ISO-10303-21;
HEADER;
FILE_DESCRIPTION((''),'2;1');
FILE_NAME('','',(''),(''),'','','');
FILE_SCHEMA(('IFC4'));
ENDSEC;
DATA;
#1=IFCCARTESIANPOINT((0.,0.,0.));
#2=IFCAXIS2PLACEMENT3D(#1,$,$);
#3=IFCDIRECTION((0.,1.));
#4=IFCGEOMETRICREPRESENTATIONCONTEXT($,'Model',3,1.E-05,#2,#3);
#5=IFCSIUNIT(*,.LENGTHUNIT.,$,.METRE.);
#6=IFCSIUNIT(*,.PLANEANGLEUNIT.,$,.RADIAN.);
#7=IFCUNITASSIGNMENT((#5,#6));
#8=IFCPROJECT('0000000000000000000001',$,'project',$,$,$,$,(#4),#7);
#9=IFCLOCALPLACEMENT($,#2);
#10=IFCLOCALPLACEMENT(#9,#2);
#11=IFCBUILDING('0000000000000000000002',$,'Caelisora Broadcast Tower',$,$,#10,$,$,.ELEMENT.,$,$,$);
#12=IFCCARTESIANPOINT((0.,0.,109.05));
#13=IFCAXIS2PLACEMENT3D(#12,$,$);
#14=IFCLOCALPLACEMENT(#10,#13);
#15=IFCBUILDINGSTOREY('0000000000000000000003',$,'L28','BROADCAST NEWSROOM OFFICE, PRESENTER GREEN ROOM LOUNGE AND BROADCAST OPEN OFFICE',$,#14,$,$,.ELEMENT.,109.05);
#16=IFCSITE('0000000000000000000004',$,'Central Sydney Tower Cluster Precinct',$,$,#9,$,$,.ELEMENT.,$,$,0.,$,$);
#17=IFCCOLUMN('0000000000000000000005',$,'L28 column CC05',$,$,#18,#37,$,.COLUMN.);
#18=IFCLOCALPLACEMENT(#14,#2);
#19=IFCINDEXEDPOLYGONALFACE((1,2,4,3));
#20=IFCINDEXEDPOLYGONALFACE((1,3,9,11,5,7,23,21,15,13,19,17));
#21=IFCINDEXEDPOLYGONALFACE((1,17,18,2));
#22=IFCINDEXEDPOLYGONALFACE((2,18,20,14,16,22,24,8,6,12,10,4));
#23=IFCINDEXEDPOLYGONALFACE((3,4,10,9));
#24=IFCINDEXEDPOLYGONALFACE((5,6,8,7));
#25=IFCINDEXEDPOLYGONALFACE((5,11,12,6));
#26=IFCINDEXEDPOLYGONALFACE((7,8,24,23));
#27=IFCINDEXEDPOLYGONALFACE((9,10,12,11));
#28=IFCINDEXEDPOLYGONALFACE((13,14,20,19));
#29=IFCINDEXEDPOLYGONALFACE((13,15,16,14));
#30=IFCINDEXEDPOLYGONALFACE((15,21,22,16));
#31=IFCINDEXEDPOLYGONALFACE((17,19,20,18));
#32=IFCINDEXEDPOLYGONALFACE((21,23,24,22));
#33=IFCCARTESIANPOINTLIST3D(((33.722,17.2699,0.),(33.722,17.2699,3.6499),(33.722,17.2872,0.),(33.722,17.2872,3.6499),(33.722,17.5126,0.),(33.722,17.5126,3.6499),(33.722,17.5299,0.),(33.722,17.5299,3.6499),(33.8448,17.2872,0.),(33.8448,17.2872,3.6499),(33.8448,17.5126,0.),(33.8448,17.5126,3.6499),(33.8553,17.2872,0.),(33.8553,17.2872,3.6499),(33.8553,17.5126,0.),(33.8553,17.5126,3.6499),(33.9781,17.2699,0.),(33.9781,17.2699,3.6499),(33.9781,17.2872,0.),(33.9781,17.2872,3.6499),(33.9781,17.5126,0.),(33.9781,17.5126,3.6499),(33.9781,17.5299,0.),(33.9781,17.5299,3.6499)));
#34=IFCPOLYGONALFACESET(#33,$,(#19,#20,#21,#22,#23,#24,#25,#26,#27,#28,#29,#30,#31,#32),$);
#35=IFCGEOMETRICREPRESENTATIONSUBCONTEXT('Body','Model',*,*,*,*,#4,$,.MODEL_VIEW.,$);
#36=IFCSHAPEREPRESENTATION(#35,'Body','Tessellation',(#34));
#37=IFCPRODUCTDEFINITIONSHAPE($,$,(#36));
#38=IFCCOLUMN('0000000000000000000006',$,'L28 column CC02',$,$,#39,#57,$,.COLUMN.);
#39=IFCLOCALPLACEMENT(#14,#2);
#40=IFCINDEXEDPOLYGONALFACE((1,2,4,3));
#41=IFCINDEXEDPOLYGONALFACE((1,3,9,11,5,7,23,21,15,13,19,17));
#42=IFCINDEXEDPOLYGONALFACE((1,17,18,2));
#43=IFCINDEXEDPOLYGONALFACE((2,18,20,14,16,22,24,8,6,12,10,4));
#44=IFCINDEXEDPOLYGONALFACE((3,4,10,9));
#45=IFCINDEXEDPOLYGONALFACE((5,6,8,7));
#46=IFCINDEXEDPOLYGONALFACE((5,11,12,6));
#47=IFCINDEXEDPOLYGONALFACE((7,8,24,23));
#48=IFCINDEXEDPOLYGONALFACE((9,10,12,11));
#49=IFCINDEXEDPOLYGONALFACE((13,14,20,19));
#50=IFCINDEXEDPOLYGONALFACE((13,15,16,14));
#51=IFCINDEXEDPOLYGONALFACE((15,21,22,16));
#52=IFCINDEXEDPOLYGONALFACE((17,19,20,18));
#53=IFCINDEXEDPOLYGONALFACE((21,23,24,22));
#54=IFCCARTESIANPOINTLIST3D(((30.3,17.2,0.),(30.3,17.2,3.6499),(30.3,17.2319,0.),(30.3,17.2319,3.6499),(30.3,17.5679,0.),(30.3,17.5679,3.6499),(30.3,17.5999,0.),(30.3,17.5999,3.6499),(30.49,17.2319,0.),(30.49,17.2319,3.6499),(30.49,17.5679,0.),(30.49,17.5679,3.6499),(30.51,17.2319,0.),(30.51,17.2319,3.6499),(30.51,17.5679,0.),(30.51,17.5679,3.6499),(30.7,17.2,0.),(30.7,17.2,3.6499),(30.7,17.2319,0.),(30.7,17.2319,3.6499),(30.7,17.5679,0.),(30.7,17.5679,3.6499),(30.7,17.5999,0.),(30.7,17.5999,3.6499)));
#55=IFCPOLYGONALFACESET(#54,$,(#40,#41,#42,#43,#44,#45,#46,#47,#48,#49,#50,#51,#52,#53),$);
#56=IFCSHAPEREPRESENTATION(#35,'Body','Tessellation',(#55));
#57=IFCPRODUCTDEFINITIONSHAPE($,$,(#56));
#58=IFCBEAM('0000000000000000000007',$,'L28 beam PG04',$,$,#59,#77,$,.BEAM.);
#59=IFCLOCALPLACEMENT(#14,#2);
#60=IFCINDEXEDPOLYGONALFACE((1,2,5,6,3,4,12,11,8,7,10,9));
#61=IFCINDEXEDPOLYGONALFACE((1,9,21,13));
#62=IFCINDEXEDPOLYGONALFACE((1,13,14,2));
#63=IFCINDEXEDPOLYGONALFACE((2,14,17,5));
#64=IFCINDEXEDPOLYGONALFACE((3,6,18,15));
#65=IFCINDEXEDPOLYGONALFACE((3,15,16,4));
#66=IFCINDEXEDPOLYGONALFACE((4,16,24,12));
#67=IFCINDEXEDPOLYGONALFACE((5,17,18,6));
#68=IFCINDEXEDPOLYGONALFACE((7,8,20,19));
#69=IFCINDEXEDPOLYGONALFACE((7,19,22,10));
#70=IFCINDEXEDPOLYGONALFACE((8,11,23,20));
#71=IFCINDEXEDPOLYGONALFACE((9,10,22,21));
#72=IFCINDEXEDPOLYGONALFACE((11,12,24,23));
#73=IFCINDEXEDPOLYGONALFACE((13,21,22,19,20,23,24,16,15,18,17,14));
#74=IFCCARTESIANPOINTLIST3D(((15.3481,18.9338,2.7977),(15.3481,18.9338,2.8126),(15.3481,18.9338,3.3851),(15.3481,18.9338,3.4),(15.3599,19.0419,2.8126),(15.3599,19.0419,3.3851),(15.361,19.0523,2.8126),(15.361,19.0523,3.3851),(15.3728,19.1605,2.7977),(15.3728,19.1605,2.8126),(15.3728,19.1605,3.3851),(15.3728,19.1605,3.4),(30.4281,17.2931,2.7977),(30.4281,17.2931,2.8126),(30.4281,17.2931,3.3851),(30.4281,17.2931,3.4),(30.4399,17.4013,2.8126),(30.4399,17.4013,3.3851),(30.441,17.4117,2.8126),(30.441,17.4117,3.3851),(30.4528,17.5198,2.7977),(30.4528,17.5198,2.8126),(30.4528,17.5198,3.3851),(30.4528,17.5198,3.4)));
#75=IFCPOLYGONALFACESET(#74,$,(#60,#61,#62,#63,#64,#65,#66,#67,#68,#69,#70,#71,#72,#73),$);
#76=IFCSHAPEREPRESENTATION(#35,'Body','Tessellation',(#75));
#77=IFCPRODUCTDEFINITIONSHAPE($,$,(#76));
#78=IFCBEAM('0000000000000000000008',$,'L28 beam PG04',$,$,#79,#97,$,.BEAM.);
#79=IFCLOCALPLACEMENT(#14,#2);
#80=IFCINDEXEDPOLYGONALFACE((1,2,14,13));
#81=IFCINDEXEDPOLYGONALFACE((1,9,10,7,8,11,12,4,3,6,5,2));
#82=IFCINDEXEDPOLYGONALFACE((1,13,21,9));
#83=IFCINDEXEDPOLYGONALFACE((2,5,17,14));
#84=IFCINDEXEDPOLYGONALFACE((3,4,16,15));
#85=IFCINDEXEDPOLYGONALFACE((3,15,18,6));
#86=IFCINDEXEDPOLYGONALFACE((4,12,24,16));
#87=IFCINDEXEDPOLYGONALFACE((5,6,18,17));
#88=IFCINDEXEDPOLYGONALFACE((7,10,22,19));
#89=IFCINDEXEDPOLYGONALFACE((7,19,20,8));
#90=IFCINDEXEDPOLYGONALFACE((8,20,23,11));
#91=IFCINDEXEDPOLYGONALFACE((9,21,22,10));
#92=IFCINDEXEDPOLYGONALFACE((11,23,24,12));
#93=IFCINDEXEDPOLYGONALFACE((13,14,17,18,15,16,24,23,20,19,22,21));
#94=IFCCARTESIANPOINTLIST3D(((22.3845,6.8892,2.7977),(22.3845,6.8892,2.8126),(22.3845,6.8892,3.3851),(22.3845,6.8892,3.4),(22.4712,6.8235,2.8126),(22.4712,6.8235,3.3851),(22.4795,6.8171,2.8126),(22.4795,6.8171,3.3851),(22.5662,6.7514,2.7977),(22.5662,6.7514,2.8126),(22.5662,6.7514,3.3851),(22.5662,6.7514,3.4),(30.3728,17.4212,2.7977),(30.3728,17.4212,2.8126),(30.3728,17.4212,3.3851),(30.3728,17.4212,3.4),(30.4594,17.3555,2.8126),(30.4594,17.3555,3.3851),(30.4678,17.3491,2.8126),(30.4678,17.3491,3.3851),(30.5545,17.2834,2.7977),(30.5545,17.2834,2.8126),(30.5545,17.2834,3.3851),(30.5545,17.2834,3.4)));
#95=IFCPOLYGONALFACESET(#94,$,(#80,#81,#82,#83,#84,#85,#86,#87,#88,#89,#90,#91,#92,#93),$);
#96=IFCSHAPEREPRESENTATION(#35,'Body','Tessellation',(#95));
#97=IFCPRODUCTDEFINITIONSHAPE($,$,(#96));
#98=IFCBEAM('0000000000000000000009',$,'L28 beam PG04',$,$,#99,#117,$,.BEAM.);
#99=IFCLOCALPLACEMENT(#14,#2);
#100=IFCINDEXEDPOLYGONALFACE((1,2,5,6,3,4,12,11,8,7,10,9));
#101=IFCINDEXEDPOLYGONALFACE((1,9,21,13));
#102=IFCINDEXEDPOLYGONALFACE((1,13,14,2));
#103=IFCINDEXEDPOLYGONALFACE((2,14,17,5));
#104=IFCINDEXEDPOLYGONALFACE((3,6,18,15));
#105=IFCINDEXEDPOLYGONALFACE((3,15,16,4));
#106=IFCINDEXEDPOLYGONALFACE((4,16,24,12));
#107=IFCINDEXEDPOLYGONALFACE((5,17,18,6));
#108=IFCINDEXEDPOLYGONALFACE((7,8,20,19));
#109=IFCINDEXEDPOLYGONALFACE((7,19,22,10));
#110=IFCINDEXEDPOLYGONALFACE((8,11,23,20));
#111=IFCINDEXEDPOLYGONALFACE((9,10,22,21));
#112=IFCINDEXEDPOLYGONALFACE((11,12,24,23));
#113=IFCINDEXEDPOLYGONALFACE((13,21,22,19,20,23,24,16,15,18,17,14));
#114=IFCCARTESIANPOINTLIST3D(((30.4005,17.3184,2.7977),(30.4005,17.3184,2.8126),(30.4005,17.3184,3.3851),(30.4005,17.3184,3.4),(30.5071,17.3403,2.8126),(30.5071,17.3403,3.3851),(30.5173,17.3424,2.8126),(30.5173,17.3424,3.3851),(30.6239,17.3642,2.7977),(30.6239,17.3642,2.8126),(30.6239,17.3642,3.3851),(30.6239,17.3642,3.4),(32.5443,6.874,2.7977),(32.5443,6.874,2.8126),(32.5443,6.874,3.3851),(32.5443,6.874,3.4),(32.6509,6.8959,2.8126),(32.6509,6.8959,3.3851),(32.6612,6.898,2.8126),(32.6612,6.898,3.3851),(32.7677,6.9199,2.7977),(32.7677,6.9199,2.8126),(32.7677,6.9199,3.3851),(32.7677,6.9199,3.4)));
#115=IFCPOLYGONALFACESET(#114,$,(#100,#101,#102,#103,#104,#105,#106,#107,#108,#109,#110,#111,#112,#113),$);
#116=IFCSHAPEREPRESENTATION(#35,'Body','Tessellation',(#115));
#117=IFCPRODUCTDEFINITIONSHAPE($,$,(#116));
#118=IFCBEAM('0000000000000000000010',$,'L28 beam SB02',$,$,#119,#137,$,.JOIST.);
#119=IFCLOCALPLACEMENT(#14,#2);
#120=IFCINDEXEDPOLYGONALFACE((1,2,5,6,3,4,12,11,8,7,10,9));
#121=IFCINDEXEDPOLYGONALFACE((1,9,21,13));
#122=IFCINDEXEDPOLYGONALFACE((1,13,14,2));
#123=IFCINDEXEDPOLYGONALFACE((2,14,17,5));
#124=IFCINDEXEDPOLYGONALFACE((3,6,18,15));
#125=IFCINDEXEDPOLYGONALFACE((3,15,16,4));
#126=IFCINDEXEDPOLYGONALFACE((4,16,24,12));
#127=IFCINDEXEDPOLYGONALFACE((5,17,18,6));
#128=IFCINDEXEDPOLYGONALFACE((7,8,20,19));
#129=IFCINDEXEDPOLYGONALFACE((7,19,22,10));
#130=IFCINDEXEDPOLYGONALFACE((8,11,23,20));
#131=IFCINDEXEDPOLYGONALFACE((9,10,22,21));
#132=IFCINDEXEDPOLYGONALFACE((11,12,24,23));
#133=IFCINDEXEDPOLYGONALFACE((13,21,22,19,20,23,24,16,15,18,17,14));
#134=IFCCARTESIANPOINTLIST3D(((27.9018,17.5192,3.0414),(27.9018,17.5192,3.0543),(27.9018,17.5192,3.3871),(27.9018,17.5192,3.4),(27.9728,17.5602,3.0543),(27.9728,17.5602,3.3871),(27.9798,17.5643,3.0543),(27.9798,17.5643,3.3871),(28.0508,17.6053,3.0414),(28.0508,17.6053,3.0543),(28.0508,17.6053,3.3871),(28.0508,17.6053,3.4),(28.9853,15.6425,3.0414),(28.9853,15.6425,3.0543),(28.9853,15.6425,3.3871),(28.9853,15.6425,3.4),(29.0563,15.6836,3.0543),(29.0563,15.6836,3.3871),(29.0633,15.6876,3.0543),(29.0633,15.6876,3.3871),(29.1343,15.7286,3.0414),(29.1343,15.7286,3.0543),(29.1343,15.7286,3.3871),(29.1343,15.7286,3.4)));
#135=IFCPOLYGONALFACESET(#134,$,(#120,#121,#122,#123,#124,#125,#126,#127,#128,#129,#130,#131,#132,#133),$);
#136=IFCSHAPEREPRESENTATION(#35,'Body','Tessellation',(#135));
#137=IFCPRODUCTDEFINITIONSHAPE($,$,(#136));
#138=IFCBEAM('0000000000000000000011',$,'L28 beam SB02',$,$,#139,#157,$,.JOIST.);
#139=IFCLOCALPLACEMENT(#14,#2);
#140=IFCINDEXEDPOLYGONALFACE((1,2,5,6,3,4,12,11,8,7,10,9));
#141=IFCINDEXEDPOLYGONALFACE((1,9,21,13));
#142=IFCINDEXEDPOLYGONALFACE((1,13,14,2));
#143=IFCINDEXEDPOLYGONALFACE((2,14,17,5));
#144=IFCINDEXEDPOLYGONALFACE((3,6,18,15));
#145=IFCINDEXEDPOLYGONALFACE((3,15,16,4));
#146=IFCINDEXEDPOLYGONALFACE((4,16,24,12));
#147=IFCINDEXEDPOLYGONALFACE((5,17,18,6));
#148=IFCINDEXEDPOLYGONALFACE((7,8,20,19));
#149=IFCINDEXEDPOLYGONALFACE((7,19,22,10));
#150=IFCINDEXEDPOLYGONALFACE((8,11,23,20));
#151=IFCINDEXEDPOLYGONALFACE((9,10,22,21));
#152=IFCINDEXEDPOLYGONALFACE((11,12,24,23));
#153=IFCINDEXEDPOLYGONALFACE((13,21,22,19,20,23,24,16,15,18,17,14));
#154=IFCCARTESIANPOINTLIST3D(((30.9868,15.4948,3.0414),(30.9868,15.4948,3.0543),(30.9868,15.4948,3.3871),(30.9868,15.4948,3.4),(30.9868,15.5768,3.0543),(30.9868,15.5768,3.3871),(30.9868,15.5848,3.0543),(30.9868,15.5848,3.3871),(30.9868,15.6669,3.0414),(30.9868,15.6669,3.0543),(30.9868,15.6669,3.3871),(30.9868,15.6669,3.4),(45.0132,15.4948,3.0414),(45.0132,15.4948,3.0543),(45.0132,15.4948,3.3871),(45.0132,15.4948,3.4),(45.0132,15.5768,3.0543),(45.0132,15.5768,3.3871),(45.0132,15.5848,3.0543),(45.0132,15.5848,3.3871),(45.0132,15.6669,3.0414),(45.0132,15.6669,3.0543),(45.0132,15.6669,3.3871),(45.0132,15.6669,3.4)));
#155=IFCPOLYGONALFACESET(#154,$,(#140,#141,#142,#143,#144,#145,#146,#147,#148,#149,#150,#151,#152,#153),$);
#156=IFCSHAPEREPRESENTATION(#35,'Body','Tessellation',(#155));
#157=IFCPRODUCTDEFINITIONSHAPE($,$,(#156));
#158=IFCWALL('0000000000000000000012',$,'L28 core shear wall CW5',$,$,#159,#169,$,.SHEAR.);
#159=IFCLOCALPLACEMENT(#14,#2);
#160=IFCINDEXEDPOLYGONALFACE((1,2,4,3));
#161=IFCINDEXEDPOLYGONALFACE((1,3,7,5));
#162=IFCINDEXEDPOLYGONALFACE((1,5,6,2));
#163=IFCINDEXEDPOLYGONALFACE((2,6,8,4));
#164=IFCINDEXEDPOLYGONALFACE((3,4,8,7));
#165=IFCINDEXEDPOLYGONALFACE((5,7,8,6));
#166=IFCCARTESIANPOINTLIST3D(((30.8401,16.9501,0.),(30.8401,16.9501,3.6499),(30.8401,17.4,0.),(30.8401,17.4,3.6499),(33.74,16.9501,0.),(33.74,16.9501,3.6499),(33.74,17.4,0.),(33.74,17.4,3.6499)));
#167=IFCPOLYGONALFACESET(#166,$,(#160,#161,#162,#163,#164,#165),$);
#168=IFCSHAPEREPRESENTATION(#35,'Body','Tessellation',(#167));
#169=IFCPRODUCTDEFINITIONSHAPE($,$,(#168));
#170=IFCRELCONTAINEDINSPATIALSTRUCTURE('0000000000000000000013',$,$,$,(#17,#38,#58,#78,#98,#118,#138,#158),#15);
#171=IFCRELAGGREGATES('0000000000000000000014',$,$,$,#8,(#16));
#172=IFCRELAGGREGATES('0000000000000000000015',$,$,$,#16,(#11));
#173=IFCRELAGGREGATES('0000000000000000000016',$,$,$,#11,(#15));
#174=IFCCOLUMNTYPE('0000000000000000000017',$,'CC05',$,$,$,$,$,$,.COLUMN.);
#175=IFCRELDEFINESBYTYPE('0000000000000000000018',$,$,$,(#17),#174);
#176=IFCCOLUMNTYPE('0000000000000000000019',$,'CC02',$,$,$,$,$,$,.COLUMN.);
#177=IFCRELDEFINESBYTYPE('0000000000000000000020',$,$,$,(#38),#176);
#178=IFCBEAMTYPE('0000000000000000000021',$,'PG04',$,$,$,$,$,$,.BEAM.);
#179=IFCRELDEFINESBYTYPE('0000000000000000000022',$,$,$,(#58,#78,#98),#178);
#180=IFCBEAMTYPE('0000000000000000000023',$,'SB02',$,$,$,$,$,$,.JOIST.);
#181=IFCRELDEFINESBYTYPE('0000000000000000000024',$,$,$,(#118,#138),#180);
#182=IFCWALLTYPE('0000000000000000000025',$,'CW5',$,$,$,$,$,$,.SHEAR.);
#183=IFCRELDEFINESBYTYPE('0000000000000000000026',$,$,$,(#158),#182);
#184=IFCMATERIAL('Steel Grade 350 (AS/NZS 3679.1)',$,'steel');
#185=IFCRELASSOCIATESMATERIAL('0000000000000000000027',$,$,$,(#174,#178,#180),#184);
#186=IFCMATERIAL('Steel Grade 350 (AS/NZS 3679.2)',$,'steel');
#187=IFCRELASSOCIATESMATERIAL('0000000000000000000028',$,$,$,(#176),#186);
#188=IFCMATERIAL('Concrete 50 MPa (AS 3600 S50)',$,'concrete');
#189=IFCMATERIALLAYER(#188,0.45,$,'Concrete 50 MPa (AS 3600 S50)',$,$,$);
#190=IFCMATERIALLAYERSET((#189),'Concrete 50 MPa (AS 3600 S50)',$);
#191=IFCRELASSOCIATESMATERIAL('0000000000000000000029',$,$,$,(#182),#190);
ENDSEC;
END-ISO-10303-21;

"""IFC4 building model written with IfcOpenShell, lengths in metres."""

from ifc_helpers import new_model, si_unit, direction, frame, frame_2d, origin, origin_2d, place, context, subcontext, project, spatial, rectangle, i_section, extrude, source, transform, mapped, material, layer, layer_set, material_profile, profile_set, type_object, type_shapes, element, save


model = new_model("IFC4")

# Units and contexts
model_context = context("Model", 3, precision=1e-05, world=origin(), true_north=direction((0.0, 1.0)))
body_context = subcontext(model_context, "Body", "Model", "MODEL_VIEW")
ifc_project = project(units=[si_unit("LENGTHUNIT", "METRE"), si_unit("PLANEANGLEUNIT", "RADIAN")], contexts=[model_context])

# Site, building, storey
site_placement = place(None, origin())
site = spatial("IfcSite", under=ifc_project, at=site_placement, Name="Central Sydney Tower Cluster Precinct", CompositionType="ELEMENT", RefElevation=0.0)
building_placement = place(site_placement, origin())
building = spatial("IfcBuilding", under=site, at=building_placement, Name="Caelisora Broadcast Tower", CompositionType="ELEMENT")
storey_placement = place(building_placement, frame((0.0, 0.0, 109.05)))
storey = spatial("IfcBuildingStorey", under=building, at=storey_placement, Name="L28", Description="BROADCAST NEWSROOM OFFICE, PRESENTER GREEN ROOM LOUNGE AND BROADCAST OPEN OFFICE", CompositionType="ELEMENT", Elevation=109.05)

# Columns
ifc_material_1 = material(Name="Steel Grade 350 (AS/NZS 3679.1)", Category="steel")
ifc_material_profile_1 = material_profile(ifc_material_1, i_section(OverallWidth=0.2561, OverallDepth=0.26, WebThickness=0.0105, FlangeThickness=0.0173, at=origin_2d()), Name="Steel Grade 350 (AS/NZS 3679.1)")
ifc_profile_set_1 = profile_set([ifc_material_profile_1], Name="Steel Grade 350 (AS/NZS 3679.1)")
column_type_1 = type_object("IfcColumnType", Name="CC05", PredefinedType="COLUMN", material=ifc_profile_set_1)
shared_shape_1 = source(origin(), body_context, "Body", "SweptSolid", [
    extrude(i_section(OverallWidth=0.2561, OverallDepth=0.26, WebThickness=0.0105, FlangeThickness=0.0173, at=origin_2d()), origin(), (0.0, 0.0, 1.0), 3.6499),
])
type_shapes(column_type_1, [shared_shape_1])
column_1_placement = place(storey_placement, frame((33.8501, 17.3999, 0.0), z_axis=(0.0, 0.0, 1.0), x_axis=(1.0, 0.0, 0.0)))
element("IfcColumn", 1, at=column_1_placement, inside=storey, type_object=column_type_1, Name="L28 column CC05", PredefinedType="COLUMN", context=body_context, shape_type="MappedRepresentation", body=[
    mapped(shared_shape_1, transform((0.0, 0.0, 0.0), scale=1.0)),
])
ifc_material_2 = material(Name="Steel Grade 350 (AS/NZS 3679.2)", Category="steel")
ifc_material_profile_2 = material_profile(ifc_material_2, i_section(OverallWidth=0.3999, OverallDepth=0.3999, WebThickness=0.02, FlangeThickness=0.032, at=origin_2d()), Name="Steel Grade 350 (AS/NZS 3679.2)")
ifc_profile_set_2 = profile_set([ifc_material_profile_2], Name="Steel Grade 350 (AS/NZS 3679.2)")
column_type_2 = type_object("IfcColumnType", Name="CC02", PredefinedType="COLUMN", material=ifc_profile_set_2)
shared_shape_2 = source(origin(), body_context, "Body", "SweptSolid", [
    extrude(i_section(OverallWidth=0.3999, OverallDepth=0.3999, WebThickness=0.02, FlangeThickness=0.032, at=origin_2d()), origin(), (0.0, 0.0, 1.0), 3.6499),
])
type_shapes(column_type_2, [shared_shape_2])
column_2_placement = place(storey_placement, frame((30.5, 17.3999, 0.0), z_axis=(0.0, 0.0, 1.0), x_axis=(1.0, 0.0, 0.0)))
element("IfcColumn", 2, at=column_2_placement, inside=storey, type_object=column_type_2, Name="L28 column CC02", PredefinedType="COLUMN", context=body_context, shape_type="MappedRepresentation", body=[
    mapped(shared_shape_2, transform((0.0, 0.0, 0.0), scale=1.0)),
])

# Beams
ifc_material_profile_3 = material_profile(ifc_material_1, i_section(OverallWidth=0.228, OverallDepth=0.6023, WebThickness=0.0105, FlangeThickness=0.0149, at=origin_2d()), Name="Steel Grade 350 (AS/NZS 3679.1)")
ifc_profile_set_3 = profile_set([ifc_material_profile_3], Name="Steel Grade 350 (AS/NZS 3679.1)")
beam_type_1 = type_object("IfcBeamType", Name="PG04", PredefinedType="BEAM", material=ifc_profile_set_3)
shared_shape_3 = source(origin(), body_context, "Body", "SweptSolid", [
    extrude(i_section(OverallWidth=0.228, OverallDepth=0.6023, WebThickness=0.0105, FlangeThickness=0.0149, at=origin_2d()), origin(), (0.0, 0.0, 1.0), 15.1689),
])
beam_1_placement = place(storey_placement, frame((30.4404, 17.4065, 3.0989), z_axis=(-0.994134, 0.108156, 0.0), x_axis=(-0.108156, -0.994134, 0.0)))
element("IfcBeam", 3, at=beam_1_placement, inside=storey, type_object=beam_type_1, Name="L28 beam PG04", PredefinedType="BEAM", context=body_context, shape_type="MappedRepresentation", body=[
    mapped(shared_shape_3, transform((0.0, 0.0, 0.0), scale=1.0)),
])
shared_shape_4 = source(origin(), body_context, "Body", "SweptSolid", [
    extrude(i_section(OverallWidth=0.228, OverallDepth=0.6023, WebThickness=0.0105, FlangeThickness=0.0149, at=origin_2d()), origin(), (0.0, 0.0, 1.0), 13.2188),
])
beam_2_placement = place(storey_placement, frame((30.4636, 17.3523, 3.0989), z_axis=(-0.604315, -0.796746, 0.0), x_axis=(0.796746, -0.604315, 0.0)))
element("IfcBeam", 4, at=beam_2_placement, inside=storey, type_object=beam_type_1, Name="L28 beam PG04", PredefinedType="BEAM", context=body_context, shape_type="MappedRepresentation", body=[
    mapped(shared_shape_4, transform((0.0, 0.0, 0.0), scale=1.0)),
])
shared_shape_5 = source(origin(), body_context, "Body", "SweptSolid", [
    extrude(i_section(OverallWidth=0.228, OverallDepth=0.6023, WebThickness=0.0105, FlangeThickness=0.0149, at=origin_2d()), origin(), (0.0, 0.0, 1.0), 10.6621),
])
type_shapes(beam_type_1, [shared_shape_3, shared_shape_4, shared_shape_5])
beam_3_placement = place(storey_placement, frame((30.5122, 17.3413, 3.0989), z_axis=(0.201068, -0.979577, 0.0), x_axis=(0.979577, 0.201068, 0.0)))
element("IfcBeam", 5, at=beam_3_placement, inside=storey, type_object=beam_type_1, Name="L28 beam PG04", PredefinedType="BEAM", context=body_context, shape_type="MappedRepresentation", body=[
    mapped(shared_shape_5, transform((0.0, 0.0, 0.0), scale=1.0)),
])
ifc_material_profile_4 = material_profile(ifc_material_1, i_section(OverallWidth=0.1721, OverallDepth=0.3586, WebThickness=0.0081, FlangeThickness=0.0129, at=origin_2d()), Name="Steel Grade 350 (AS/NZS 3679.1)")
ifc_profile_set_4 = profile_set([ifc_material_profile_4], Name="Steel Grade 350 (AS/NZS 3679.1)")
beam_type_2 = type_object("IfcBeamType", Name="SB02", PredefinedType="JOIST", material=ifc_profile_set_4)
shared_shape_6 = source(origin(), body_context, "Body", "SweptSolid", [
    extrude(i_section(OverallWidth=0.1721, OverallDepth=0.3586, WebThickness=0.0081, FlangeThickness=0.0129, at=origin_2d()), origin(), (0.0, 0.0, 1.0), 2.167),
])
beam_4_placement = place(storey_placement, frame((27.9763, 17.5623, 3.2207), z_axis=(0.499992, -0.86603, 0.0), x_axis=(0.86603, 0.499992, 0.0)))
element("IfcBeam", 6, at=beam_4_placement, inside=storey, type_object=beam_type_2, Name="L28 beam SB02", PredefinedType="JOIST", context=body_context, shape_type="MappedRepresentation", body=[
    mapped(shared_shape_6, transform((0.0, 0.0, 0.0), scale=1.0)),
])
shared_shape_7 = source(origin(), body_context, "Body", "SweptSolid", [
    extrude(i_section(OverallWidth=0.1721, OverallDepth=0.3586, WebThickness=0.0081, FlangeThickness=0.0129, at=origin_2d()), origin(), (0.0, 0.0, 1.0), 14.0264),
])
type_shapes(beam_type_2, [shared_shape_6, shared_shape_7])
beam_5_placement = place(storey_placement, frame((30.9868, 15.5808, 3.2207), z_axis=(1.0, 0.0, 0.0), x_axis=(0.0, 1.0, 0.0)))
element("IfcBeam", 7, at=beam_5_placement, inside=storey, type_object=beam_type_2, Name="L28 beam SB02", PredefinedType="JOIST", context=body_context, shape_type="MappedRepresentation", body=[
    mapped(shared_shape_7, transform((0.0, 0.0, 0.0), scale=1.0)),
])

# Shared definitions
ifc_material_3 = material(Name="Concrete 50 MPa (AS 3600 S50)", Category="concrete")

# Wall
ifc_layer_1 = layer(ifc_material_3, 0.45, Name="Concrete 50 MPa (AS 3600 S50)")
ifc_layer_set_1 = layer_set([ifc_layer_1], Name="Concrete 50 MPa (AS 3600 S50)")
wall_type_1 = type_object("IfcWallType", Name="CW5", PredefinedType="SHEAR", material=ifc_layer_set_1)
wall_1_placement = place(storey_placement, frame((30.8401, 17.175, 0.0), z_axis=(0.0, 0.0, 1.0), x_axis=(1.0, 0.0, 0.0)))
element("IfcWall", 8, at=wall_1_placement, inside=storey, type_object=wall_type_1, Name="L28 core shear wall CW5", PredefinedType="SHEAR", context=body_context, shape_type="SweptSolid", body=[
    extrude(rectangle(XDim=2.8999, YDim=0.45, at=frame_2d((1.45, 0.0))), origin(), (0.0, 0.0, 1.0), 3.6499),
])

save(model, "model.ifc")
